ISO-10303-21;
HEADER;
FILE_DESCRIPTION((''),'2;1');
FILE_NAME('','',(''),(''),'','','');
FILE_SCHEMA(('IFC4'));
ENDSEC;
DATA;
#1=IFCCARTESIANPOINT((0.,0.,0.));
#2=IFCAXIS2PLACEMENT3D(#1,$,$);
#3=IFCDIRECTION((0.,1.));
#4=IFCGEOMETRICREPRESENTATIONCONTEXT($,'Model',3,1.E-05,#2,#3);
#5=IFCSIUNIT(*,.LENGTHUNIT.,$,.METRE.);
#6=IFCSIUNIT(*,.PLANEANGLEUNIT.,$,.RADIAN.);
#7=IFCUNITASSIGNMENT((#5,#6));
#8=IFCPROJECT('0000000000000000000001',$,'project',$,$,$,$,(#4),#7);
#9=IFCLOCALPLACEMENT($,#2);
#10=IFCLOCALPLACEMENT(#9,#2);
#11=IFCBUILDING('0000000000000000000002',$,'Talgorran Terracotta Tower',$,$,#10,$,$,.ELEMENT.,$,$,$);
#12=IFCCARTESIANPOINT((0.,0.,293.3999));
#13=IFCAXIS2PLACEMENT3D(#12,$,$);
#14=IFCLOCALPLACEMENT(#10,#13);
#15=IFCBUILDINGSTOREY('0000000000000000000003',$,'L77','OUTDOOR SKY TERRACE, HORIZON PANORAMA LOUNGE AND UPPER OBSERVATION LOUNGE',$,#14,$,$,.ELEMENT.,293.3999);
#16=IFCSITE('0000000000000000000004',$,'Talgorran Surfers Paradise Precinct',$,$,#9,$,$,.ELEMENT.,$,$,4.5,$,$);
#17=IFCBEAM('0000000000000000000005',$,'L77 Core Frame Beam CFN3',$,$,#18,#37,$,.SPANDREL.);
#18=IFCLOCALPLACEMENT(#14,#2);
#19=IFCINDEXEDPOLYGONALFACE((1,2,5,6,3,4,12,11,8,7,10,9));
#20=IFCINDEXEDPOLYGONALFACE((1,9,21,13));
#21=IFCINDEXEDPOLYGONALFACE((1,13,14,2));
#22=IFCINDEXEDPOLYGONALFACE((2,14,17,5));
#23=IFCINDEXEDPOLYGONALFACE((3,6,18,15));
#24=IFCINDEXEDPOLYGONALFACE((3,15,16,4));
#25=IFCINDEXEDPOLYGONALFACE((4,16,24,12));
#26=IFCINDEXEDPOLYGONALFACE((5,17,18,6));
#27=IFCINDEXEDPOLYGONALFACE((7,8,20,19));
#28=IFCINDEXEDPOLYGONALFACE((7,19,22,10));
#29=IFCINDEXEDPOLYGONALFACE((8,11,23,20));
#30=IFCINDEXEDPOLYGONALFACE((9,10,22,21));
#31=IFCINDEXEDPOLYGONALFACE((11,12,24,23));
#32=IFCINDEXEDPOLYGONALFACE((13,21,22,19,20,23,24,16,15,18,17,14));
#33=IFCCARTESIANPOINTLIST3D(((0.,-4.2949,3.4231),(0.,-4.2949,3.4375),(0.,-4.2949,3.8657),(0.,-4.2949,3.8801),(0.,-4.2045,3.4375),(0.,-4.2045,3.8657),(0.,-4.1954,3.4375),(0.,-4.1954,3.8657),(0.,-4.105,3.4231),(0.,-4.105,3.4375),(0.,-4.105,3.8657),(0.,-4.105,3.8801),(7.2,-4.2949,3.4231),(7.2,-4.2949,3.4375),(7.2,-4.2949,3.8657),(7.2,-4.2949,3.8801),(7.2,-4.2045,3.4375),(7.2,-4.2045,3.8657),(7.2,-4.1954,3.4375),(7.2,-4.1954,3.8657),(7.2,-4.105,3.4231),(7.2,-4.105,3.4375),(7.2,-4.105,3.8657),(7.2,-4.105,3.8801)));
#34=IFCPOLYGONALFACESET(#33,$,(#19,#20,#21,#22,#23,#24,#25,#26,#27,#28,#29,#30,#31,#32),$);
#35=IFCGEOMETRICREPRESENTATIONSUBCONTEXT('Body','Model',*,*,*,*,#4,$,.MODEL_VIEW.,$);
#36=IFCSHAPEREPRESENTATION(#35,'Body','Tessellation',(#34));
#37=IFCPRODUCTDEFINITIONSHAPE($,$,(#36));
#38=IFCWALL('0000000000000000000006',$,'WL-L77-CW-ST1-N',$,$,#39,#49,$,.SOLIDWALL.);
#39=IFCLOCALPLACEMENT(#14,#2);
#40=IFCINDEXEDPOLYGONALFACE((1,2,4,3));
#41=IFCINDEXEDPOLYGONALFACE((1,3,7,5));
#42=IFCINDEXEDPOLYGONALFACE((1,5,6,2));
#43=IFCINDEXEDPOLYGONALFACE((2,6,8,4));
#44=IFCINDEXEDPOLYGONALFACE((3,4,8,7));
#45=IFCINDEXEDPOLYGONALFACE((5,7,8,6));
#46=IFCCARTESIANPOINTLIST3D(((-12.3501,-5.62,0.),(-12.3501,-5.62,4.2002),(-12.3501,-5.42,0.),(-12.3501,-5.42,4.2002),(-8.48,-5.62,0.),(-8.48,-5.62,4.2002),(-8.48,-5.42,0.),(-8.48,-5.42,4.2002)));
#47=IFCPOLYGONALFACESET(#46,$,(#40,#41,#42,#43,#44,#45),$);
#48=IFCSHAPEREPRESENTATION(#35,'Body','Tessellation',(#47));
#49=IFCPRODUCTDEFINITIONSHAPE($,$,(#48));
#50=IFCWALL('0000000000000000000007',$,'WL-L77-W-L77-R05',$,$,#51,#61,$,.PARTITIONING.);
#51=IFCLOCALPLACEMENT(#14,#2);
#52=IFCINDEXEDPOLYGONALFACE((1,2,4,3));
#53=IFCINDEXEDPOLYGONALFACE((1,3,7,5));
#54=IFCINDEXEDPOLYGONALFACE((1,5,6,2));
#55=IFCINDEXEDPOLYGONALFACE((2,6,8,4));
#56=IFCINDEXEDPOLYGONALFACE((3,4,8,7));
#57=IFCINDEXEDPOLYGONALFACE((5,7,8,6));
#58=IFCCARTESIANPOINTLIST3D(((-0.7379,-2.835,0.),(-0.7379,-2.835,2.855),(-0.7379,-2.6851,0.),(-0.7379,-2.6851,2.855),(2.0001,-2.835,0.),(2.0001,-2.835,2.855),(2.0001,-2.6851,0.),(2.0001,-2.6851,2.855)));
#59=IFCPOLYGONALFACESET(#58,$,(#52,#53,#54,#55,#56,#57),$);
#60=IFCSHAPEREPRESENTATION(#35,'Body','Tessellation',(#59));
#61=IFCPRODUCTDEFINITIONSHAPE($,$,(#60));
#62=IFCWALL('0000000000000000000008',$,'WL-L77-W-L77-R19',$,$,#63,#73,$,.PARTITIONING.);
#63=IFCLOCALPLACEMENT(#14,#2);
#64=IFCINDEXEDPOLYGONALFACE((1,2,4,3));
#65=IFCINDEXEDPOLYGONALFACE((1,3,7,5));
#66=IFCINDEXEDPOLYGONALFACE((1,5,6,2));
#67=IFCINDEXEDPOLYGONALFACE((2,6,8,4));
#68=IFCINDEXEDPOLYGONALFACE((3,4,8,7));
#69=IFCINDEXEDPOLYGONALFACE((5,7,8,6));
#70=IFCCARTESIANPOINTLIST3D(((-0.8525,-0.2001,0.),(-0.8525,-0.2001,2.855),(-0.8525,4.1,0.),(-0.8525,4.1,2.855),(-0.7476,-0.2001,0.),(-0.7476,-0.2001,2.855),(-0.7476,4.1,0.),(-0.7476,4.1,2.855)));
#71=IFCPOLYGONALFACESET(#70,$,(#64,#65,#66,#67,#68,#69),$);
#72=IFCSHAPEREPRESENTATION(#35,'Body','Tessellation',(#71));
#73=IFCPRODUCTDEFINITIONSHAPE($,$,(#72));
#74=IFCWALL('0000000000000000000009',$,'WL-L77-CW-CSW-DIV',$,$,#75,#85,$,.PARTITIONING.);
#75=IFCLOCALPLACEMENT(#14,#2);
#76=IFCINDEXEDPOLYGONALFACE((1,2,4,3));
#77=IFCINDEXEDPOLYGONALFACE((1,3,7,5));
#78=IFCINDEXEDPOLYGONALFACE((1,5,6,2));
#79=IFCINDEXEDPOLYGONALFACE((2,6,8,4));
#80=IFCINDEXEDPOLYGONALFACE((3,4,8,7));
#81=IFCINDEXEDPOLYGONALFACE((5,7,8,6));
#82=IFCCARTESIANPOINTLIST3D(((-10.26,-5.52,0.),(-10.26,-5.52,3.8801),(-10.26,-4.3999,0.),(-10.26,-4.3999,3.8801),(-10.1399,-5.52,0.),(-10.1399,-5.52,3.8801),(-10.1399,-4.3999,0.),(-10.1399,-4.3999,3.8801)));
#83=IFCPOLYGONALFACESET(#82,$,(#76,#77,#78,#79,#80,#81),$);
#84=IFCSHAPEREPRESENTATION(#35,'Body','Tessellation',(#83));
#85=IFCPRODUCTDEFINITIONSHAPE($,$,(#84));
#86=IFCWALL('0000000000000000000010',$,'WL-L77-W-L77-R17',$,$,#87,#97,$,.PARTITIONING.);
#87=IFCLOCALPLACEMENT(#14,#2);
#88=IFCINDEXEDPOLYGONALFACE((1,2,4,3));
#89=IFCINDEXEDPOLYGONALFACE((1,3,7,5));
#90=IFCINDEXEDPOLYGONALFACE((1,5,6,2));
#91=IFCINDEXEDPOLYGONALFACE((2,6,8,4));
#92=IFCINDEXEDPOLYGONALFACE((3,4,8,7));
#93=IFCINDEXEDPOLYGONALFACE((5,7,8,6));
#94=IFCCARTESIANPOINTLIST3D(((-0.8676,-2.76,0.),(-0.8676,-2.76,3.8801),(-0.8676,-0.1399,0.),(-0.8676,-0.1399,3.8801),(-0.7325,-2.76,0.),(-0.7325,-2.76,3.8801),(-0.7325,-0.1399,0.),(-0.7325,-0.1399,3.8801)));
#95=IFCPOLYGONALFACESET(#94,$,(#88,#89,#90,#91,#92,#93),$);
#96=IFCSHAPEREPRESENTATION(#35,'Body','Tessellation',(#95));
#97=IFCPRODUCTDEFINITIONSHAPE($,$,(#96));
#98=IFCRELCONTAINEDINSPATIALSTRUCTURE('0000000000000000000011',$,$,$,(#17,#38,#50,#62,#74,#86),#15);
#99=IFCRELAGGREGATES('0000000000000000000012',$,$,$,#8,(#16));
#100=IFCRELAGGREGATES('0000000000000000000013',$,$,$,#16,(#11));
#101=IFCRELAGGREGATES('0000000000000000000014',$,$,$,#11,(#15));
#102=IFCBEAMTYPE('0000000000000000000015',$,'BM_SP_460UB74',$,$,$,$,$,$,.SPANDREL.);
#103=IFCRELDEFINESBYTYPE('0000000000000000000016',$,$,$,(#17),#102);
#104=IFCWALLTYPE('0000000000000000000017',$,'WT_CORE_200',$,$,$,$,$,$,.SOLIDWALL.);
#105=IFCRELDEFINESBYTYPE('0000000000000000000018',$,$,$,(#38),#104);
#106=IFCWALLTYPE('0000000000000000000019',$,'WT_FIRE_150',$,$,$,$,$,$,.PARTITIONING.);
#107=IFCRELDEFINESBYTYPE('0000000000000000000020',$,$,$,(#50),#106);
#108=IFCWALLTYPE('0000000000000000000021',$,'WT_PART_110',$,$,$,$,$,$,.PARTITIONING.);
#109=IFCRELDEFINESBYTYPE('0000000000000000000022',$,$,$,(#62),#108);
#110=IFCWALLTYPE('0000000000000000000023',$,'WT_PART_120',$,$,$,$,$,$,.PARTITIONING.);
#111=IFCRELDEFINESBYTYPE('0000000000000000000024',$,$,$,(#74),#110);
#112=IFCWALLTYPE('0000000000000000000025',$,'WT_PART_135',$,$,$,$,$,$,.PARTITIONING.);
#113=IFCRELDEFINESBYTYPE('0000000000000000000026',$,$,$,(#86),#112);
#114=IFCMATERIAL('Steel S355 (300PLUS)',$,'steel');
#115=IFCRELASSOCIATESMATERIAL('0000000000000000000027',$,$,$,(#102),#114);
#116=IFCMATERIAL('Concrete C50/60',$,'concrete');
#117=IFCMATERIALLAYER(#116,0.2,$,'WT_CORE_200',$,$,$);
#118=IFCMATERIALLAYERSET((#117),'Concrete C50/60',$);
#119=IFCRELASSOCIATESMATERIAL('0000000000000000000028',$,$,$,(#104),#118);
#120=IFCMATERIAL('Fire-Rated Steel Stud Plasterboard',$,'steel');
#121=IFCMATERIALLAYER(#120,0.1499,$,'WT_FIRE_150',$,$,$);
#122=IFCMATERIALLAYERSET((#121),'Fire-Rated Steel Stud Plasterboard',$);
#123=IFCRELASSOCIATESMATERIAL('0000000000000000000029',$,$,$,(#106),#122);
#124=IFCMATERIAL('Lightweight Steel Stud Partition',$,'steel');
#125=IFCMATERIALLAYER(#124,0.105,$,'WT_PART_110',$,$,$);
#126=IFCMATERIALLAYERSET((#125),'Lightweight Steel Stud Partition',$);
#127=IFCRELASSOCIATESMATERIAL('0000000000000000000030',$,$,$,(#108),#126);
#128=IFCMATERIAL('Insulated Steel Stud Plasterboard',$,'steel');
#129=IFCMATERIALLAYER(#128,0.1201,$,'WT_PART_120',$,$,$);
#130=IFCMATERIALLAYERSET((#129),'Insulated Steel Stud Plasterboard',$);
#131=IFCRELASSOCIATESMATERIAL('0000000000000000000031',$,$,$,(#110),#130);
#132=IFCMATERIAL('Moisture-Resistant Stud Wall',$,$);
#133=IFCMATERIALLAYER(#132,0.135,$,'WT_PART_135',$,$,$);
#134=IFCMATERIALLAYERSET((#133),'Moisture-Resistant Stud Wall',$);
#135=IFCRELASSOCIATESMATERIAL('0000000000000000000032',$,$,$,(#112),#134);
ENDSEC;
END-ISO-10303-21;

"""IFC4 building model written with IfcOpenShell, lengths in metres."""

from ifc_helpers import new_model, si_unit, direction, frame, frame_2d, origin, origin_2d, place, context, subcontext, project, spatial, rectangle, i_section, extrude, material, layer, layer_set, material_profile, profile_set, type_object, element, save


model = new_model("IFC4")

# Units and contexts
model_context = context("Model", 3, precision=1e-05, world=origin(), true_north=direction((0.0, 1.0)))
body_context = subcontext(model_context, "Body", "Model", "MODEL_VIEW")
ifc_project = project(units=[si_unit("LENGTHUNIT", "METRE"), si_unit("PLANEANGLEUNIT", "RADIAN")], contexts=[model_context])

# Site, building, storey
site_placement = place(None, origin())
site = spatial("IfcSite", under=ifc_project, at=site_placement, Name="Talgorran Surfers Paradise Precinct", CompositionType="ELEMENT", RefElevation=4.5)
building_placement = place(site_placement, origin())
building = spatial("IfcBuilding", under=site, at=building_placement, Name="Talgorran Terracotta Tower", CompositionType="ELEMENT")
storey_placement = place(building_placement, frame((0.0, 0.0, 293.3999)))
storey = spatial("IfcBuildingStorey", under=building, at=storey_placement, Name="L77", Description="OUTDOOR SKY TERRACE, HORIZON PANORAMA LOUNGE AND UPPER OBSERVATION LOUNGE", CompositionType="ELEMENT", Elevation=293.3999)

# Shared definitions
ifc_material_1 = material(Name="Steel S355 (300PLUS)", Category="steel")

# Beam
ifc_material_profile_1 = material_profile(ifc_material_1, i_section(OverallWidth=0.1899, OverallDepth=0.457, WebThickness=0.009, FlangeThickness=0.0144, at=origin_2d()), Name="460UB74.6")
ifc_profile_set_1 = profile_set([ifc_material_profile_1], Name="Steel S355 (300PLUS)")
beam_type_1 = type_object("IfcBeamType", Name="BM_SP_460UB74", PredefinedType="SPANDREL", material=ifc_profile_set_1)
for number, where, z_axis, x_axis, name in (
    (1, (0.0, -4.2, 3.6516), (1.0, 0.0, 0.0), (0.0, 1.0, 0.0), "L77 Core Frame Beam CFN3"),
):
    element("IfcBeam", number, at=place(storey_placement, frame(where, z_axis=z_axis, x_axis=x_axis)), inside=storey, type_object=beam_type_1, Name=name, PredefinedType="SPANDREL", context=body_context, shape_type="SweptSolid", body=[
        extrude(i_section(OverallWidth=0.1899, OverallDepth=0.457, WebThickness=0.009, FlangeThickness=0.0144, at=origin_2d()), origin(), (0.0, 0.0, 1.0), 7.2),
    ])

# Walls
ifc_material_2 = material(Name="Concrete C50/60", Category="concrete")
ifc_layer_1 = layer(ifc_material_2, 0.2, Name="WT_CORE_200")
ifc_layer_set_1 = layer_set([ifc_layer_1], Name="Concrete C50/60")
wall_type_1 = type_object("IfcWallType", Name="WT_CORE_200", PredefinedType="SOLIDWALL", material=ifc_layer_set_1)
wall_1_placement = place(storey_placement, frame((-12.3501, -5.52, 0.0), z_axis=(0.0, 0.0, 1.0), x_axis=(1.0, 0.0, 0.0)))
element("IfcWall", 2, at=wall_1_placement, inside=storey, type_object=wall_type_1, Name="WL-L77-CW-ST1-N", PredefinedType="SOLIDWALL", context=body_context, shape_type="SweptSolid", body=[
    extrude(rectangle(XDim=3.8701, YDim=0.2, at=frame_2d((1.9351, 0.0))), origin(), (0.0, 0.0, 1.0), 4.2002),
])
ifc_material_3 = material(Name="Fire-Rated Steel Stud Plasterboard", Category="steel")
ifc_layer_2 = layer(ifc_material_3, 0.1499, Name="WT_FIRE_150")
ifc_layer_set_2 = layer_set([ifc_layer_2], Name="Fire-Rated Steel Stud Plasterboard")
wall_type_2 = type_object("IfcWallType", Name="WT_FIRE_150", PredefinedType="PARTITIONING", material=ifc_layer_set_2)
wall_2_placement = place(storey_placement, frame((-0.738, -2.76, 0.0), z_axis=(0.0, 0.0, 1.0), x_axis=(1.0, 0.0, 0.0)))
element("IfcWall", 3, at=wall_2_placement, inside=storey, type_object=wall_type_2, Name="WL-L77-W-L77-R05", PredefinedType="PARTITIONING", context=body_context, shape_type="SweptSolid", body=[
    extrude(rectangle(XDim=2.738, YDim=0.1499, at=frame_2d((1.3691, 0.0))), origin(), (0.0, 0.0, 1.0), 2.855),
])
ifc_material_4 = material(Name="Lightweight Steel Stud Partition", Category="steel")
ifc_layer_3 = layer(ifc_material_4, 0.105, Name="WT_PART_110")
ifc_layer_set_3 = layer_set([ifc_layer_3], Name="Lightweight Steel Stud Partition")
wall_type_3 = type_object("IfcWallType", Name="WT_PART_110", PredefinedType="PARTITIONING", material=ifc_layer_set_3)
wall_3_placement = place(storey_placement, frame((-0.8, -0.2, 0.0), z_axis=(0.0, 0.0, 1.0), x_axis=(0.0, 1.0, 0.0)))
element("IfcWall", 4, at=wall_3_placement, inside=storey, type_object=wall_type_3, Name="WL-L77-W-L77-R19", PredefinedType="PARTITIONING", context=body_context, shape_type="SweptSolid", body=[
    extrude(rectangle(XDim=4.3, YDim=0.105, at=frame_2d((2.1499, 0.0))), origin(), (0.0, 0.0, 1.0), 2.855),
])
ifc_material_5 = material(Name="Insulated Steel Stud Plasterboard", Category="steel")
ifc_layer_4 = layer(ifc_material_5, 0.1201, Name="WT_PART_120")
ifc_layer_set_4 = layer_set([ifc_layer_4], Name="Insulated Steel Stud Plasterboard")
wall_type_4 = type_object("IfcWallType", Name="WT_PART_120", PredefinedType="PARTITIONING", material=ifc_layer_set_4)
wall_4_placement = place(storey_placement, frame((-10.2, -5.52, 0.0), z_axis=(0.0, 0.0, 1.0), x_axis=(0.0, 1.0, 0.0)))
element("IfcWall", 5, at=wall_4_placement, inside=storey, type_object=wall_type_4, Name="WL-L77-CW-CSW-DIV", PredefinedType="PARTITIONING", context=body_context, shape_type="SweptSolid", body=[
    extrude(rectangle(XDim=1.1201, YDim=0.1201, at=frame_2d((0.5601, 0.0))), origin(), (0.0, 0.0, 1.0), 3.8801),
])
ifc_material_6 = material(Name="Moisture-Resistant Stud Wall")
ifc_layer_5 = layer(ifc_material_6, 0.135, Name="WT_PART_135")
ifc_layer_set_5 = layer_set([ifc_layer_5], Name="Moisture-Resistant Stud Wall")
wall_type_5 = type_object("IfcWallType", Name="WT_PART_135", PredefinedType="PARTITIONING", material=ifc_layer_set_5)
wall_5_placement = place(storey_placement, frame((-0.8, -2.76, 0.0), z_axis=(0.0, 0.0, 1.0), x_axis=(0.0, 1.0, 0.0)))
element("IfcWall", 6, at=wall_5_placement, inside=storey, type_object=wall_type_5, Name="WL-L77-W-L77-R17", PredefinedType="PARTITIONING", context=body_context, shape_type="SweptSolid", body=[
    extrude(rectangle(XDim=2.6201, YDim=0.135, at=frame_2d((1.3101, 0.0))), origin(), (0.0, 0.0, 1.0), 3.8801),
])

save(model, "model.ifc")
